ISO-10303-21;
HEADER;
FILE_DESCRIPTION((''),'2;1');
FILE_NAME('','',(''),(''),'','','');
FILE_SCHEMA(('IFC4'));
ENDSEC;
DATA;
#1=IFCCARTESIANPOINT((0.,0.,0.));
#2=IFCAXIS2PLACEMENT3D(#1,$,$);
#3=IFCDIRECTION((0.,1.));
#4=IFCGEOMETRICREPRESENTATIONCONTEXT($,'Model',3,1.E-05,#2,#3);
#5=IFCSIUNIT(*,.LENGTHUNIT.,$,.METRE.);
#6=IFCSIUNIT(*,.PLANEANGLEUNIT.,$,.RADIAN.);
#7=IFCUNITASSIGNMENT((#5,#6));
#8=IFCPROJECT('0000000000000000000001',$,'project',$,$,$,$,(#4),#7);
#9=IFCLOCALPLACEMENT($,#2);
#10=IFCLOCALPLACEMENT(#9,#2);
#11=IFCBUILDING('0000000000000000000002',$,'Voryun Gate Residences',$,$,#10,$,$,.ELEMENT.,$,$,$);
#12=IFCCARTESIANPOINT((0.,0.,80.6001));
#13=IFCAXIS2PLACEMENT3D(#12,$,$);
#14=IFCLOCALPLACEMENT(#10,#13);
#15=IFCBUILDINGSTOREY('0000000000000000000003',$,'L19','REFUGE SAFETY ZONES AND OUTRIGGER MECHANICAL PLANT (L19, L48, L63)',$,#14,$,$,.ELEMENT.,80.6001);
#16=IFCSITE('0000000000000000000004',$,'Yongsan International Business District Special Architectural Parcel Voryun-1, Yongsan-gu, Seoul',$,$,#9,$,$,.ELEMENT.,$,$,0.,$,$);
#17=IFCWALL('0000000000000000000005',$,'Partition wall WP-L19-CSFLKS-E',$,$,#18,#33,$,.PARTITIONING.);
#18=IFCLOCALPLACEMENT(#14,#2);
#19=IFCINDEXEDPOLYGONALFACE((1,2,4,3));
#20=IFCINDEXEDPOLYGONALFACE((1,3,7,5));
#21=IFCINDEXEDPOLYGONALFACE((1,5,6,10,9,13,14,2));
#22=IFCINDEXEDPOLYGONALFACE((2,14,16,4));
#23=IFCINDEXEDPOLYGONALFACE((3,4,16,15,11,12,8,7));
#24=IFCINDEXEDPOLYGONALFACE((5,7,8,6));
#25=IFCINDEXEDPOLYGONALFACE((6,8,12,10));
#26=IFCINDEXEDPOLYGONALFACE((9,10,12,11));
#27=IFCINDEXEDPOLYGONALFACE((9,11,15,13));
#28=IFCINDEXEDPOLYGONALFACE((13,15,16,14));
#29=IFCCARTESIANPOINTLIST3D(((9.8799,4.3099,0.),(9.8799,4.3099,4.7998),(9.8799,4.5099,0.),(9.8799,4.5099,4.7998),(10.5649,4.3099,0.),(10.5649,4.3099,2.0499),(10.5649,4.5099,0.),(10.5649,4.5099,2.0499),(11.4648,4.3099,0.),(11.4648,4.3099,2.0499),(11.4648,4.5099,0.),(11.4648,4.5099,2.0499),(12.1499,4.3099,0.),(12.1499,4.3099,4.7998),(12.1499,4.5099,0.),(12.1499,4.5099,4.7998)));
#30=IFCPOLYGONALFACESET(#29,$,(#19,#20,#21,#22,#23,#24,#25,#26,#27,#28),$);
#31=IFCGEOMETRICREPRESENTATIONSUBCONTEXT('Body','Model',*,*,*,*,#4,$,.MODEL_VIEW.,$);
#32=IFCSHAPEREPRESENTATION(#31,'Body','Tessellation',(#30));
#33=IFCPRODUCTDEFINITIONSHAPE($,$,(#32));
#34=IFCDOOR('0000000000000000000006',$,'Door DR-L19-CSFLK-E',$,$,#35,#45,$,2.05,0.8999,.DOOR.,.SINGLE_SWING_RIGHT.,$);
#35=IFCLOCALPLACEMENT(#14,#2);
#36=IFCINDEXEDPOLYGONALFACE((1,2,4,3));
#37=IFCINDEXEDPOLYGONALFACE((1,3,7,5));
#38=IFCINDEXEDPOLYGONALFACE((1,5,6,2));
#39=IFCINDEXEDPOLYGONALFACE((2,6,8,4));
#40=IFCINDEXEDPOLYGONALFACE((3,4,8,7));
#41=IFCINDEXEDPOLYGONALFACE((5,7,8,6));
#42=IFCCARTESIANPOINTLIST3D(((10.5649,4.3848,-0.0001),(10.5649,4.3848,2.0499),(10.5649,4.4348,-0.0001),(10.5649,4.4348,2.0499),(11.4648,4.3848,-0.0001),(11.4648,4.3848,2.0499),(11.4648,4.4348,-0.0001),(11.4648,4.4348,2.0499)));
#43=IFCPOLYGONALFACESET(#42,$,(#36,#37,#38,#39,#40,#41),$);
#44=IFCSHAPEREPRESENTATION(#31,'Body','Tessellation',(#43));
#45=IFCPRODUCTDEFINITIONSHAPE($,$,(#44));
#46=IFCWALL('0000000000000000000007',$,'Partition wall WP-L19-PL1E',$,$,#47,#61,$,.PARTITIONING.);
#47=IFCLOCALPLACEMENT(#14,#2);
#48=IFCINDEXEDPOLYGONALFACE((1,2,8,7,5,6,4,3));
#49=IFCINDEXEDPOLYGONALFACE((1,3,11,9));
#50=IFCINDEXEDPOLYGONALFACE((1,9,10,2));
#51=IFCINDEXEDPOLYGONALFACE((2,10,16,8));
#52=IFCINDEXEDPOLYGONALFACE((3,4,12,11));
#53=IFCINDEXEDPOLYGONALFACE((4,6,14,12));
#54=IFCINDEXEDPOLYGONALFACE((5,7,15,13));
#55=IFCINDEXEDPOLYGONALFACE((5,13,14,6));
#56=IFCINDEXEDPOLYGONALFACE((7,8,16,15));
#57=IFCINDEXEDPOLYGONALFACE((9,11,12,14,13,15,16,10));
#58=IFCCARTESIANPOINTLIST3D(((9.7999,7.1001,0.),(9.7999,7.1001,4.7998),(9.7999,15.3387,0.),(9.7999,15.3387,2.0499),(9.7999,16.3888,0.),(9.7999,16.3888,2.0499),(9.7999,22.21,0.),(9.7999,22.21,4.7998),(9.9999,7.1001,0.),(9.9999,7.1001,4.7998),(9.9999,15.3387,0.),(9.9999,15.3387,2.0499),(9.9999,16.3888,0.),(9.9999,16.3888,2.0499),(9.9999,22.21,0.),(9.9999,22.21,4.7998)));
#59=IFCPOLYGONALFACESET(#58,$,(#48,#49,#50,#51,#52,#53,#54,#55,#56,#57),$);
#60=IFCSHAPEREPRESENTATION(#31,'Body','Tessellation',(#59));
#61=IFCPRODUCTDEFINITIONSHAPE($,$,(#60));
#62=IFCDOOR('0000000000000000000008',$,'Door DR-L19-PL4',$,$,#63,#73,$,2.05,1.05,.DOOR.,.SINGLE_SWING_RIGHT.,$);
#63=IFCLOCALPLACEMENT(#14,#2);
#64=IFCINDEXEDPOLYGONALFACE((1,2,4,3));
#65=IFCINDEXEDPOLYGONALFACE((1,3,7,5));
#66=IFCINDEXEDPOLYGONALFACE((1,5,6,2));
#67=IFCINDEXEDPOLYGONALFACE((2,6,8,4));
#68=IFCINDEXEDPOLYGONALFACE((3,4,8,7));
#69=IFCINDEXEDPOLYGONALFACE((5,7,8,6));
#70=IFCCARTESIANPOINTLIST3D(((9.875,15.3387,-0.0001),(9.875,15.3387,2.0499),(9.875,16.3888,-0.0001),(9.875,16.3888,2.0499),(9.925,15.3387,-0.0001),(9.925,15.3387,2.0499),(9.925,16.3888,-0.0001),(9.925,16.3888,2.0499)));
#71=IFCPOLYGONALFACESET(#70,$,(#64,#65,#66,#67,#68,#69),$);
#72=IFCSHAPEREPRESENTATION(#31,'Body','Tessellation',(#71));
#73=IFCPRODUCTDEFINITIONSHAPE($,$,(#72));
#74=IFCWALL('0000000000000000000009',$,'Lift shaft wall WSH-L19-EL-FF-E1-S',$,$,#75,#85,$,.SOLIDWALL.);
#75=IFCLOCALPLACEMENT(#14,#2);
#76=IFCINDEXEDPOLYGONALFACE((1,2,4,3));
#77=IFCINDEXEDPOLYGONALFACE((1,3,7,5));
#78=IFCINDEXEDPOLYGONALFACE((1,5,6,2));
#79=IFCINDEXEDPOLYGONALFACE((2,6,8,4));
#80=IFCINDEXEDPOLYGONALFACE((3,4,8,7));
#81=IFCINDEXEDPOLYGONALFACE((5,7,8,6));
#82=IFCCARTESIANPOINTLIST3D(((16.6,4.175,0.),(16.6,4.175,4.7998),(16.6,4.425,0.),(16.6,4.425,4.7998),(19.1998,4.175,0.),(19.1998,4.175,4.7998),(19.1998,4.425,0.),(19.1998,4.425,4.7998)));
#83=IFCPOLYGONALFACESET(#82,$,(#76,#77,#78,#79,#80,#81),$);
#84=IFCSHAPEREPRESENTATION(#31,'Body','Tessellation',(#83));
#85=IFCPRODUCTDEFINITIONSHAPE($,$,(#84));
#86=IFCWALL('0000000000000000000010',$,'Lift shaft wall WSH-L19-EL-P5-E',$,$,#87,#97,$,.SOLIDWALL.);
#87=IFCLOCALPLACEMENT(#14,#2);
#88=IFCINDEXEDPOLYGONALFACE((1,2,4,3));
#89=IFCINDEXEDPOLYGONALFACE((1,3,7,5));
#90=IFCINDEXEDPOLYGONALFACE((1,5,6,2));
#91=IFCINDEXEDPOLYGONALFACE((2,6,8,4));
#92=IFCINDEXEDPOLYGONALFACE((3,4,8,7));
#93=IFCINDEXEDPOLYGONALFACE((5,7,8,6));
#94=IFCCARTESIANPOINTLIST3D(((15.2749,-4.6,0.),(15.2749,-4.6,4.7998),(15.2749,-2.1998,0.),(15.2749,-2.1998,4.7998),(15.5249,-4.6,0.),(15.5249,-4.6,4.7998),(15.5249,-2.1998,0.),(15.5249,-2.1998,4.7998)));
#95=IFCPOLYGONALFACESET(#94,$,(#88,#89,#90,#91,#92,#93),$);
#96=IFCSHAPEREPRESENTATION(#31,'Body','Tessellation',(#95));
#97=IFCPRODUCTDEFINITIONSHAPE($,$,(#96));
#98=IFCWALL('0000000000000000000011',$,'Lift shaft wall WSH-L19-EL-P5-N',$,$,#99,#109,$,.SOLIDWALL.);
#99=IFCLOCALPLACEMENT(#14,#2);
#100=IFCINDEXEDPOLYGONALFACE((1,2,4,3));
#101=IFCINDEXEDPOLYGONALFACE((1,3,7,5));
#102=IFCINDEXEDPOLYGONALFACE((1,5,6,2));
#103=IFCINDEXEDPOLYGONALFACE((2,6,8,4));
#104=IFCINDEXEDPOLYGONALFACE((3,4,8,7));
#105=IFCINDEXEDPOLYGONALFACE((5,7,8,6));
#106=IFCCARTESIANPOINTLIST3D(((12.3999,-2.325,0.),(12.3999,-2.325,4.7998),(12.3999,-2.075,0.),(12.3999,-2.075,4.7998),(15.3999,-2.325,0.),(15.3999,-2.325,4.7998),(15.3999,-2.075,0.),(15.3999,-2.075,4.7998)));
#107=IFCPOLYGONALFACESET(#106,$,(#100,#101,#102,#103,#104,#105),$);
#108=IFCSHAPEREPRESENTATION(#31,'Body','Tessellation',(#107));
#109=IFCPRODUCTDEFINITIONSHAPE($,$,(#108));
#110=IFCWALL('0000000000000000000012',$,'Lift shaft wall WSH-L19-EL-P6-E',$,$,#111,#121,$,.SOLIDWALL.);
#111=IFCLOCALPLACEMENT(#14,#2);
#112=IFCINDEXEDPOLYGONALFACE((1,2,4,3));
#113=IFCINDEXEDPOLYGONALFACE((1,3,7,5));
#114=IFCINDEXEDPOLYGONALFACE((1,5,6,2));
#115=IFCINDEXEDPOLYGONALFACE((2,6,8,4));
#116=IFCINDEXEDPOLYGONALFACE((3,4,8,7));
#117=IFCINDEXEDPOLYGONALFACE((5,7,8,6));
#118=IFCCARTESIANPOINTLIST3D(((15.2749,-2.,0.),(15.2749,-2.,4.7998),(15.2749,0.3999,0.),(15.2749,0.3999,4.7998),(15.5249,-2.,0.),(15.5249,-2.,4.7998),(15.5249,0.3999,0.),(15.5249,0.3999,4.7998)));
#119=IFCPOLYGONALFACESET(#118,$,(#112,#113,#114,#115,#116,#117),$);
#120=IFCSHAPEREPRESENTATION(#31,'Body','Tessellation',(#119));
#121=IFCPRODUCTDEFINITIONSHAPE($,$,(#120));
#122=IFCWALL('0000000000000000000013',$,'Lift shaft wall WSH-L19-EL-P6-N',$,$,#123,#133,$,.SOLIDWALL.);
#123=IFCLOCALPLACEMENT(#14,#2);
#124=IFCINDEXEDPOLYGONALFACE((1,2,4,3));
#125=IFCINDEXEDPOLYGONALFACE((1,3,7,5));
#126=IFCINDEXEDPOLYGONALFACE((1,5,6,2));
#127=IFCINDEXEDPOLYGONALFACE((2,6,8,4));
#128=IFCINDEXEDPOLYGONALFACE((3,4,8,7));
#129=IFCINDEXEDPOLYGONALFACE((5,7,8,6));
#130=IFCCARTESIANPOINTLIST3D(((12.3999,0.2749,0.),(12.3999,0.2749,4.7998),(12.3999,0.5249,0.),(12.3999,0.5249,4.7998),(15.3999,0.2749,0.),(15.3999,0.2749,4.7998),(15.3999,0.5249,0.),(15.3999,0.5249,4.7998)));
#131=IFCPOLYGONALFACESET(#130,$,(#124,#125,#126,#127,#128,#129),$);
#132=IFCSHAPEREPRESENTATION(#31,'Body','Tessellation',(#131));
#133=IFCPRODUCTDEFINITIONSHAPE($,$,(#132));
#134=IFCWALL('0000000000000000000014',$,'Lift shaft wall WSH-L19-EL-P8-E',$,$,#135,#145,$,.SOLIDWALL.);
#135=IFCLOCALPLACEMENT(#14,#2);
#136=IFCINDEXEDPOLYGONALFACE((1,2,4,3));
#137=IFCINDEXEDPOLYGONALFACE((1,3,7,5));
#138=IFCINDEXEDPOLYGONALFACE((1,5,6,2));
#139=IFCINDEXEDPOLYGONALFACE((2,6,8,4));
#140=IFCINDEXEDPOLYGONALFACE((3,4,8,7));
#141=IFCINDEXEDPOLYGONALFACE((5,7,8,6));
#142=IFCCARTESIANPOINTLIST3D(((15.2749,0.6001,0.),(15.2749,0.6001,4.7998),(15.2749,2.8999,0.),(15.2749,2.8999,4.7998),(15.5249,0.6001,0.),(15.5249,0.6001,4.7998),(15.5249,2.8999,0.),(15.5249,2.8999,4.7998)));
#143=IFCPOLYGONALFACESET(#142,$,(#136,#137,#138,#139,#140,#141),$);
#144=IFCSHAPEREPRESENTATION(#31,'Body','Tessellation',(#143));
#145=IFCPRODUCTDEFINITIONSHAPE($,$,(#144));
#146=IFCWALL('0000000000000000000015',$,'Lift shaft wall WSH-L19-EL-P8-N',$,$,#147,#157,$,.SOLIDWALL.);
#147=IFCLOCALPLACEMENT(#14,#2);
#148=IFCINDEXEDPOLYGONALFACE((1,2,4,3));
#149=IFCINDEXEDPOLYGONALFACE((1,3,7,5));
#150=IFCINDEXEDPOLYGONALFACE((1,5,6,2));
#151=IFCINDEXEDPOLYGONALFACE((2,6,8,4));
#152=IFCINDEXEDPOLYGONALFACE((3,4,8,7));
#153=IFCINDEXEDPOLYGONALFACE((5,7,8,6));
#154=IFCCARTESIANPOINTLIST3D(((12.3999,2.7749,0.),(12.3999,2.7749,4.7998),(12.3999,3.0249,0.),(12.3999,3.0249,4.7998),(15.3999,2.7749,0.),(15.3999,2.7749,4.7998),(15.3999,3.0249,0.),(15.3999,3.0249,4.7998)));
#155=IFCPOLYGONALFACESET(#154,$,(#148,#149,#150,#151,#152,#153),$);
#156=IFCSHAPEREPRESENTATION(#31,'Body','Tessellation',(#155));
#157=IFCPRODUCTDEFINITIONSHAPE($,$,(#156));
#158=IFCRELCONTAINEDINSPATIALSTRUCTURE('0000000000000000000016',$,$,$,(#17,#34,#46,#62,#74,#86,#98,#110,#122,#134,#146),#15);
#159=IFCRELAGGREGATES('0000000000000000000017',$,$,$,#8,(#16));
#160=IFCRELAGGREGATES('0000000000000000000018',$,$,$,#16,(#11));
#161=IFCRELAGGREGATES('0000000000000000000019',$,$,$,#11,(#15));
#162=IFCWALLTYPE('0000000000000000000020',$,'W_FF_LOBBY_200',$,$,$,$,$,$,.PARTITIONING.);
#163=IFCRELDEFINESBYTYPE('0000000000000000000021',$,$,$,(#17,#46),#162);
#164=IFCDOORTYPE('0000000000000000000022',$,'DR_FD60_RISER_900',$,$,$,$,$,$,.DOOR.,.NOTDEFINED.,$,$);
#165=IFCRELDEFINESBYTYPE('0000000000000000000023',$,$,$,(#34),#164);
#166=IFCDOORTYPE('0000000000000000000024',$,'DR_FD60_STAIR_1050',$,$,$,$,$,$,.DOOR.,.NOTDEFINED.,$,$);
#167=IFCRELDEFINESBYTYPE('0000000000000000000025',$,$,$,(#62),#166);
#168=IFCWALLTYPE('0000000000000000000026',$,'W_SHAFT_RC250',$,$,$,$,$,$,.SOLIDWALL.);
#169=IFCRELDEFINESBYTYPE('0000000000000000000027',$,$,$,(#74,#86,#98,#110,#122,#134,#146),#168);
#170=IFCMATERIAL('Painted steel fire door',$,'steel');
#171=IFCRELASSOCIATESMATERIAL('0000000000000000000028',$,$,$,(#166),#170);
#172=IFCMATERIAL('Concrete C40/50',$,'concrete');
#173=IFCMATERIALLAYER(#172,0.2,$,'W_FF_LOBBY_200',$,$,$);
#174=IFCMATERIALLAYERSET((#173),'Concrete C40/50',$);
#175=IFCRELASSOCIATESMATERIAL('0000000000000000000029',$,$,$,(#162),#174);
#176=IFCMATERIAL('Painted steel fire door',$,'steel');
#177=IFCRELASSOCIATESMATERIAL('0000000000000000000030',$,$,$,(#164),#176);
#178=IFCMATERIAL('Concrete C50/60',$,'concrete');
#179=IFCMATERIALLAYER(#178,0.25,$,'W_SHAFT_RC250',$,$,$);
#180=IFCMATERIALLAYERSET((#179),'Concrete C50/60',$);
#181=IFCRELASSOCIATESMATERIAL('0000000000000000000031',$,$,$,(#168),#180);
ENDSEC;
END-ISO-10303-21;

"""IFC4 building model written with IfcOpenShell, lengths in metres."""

from ifc_helpers import new_model, si_unit, direction, frame, frame_2d, origin, place, context, subcontext, project, spatial, rectangle, extrude, material, layer, layer_set, type_object, element, fill, save


model = new_model("IFC4")

# Units and contexts
model_context = context("Model", 3, precision=1e-05, world=origin(), true_north=direction((0.0, 1.0)))
body_context = subcontext(model_context, "Body", "Model", "MODEL_VIEW")
ifc_project = project(units=[si_unit("LENGTHUNIT", "METRE"), si_unit("PLANEANGLEUNIT", "RADIAN")], contexts=[model_context])

# Site, building, storey
site_placement = place(None, origin())
site = spatial("IfcSite", under=ifc_project, at=site_placement, Name="Yongsan International Business District Special Architectural Parcel Voryun-1, Yongsan-gu, Seoul", CompositionType="ELEMENT", RefElevation=0.0)
building_placement = place(site_placement, origin())
building = spatial("IfcBuilding", under=site, at=building_placement, Name="Voryun Gate Residences", CompositionType="ELEMENT")
storey_placement = place(building_placement, frame((0.0, 0.0, 80.6001)))
storey = spatial("IfcBuildingStorey", under=building, at=storey_placement, Name="L19", Description="REFUGE SAFETY ZONES AND OUTRIGGER MECHANICAL PLANT (L19, L48, L63)", CompositionType="ELEMENT", Elevation=80.6001)

# Shared definitions
ifc_material_1 = material(Name="Painted steel fire door", Category="steel")
door_type_1 = type_object("IfcDoorType", Name="DR_FD60_STAIR_1050", OperationType="NOTDEFINED", PredefinedType="DOOR", material=ifc_material_1)

# Shared definitions
ifc_material_2 = material(Name="Concrete C40/50", Category="concrete")
ifc_layer_1 = layer(ifc_material_2, 0.2, Name="W_FF_LOBBY_200")
ifc_layer_set_1 = layer_set([ifc_layer_1], Name="Concrete C40/50")
wall_type_1 = type_object("IfcWallType", Name="W_FF_LOBBY_200", PredefinedType="PARTITIONING", material=ifc_layer_set_1)

# Walls, openings, doors
wall_1_placement = place(storey_placement, frame((9.8799, 4.4099, 0.0), z_axis=(0.0, 0.0, 1.0), x_axis=(1.0, 0.0, 0.0)))
wall_1 = element("IfcWall", 1, at=wall_1_placement, inside=storey, type_object=wall_type_1, Name="Partition wall WP-L19-CSFLKS-E", PredefinedType="PARTITIONING", context=body_context, shape_type="SweptSolid", body=[
    extrude(rectangle(XDim=2.27, YDim=0.2, at=frame_2d((1.135, 0.0))), origin(), (0.0, 0.0, 1.0), 4.7998),
])
opening_1_placement = place(wall_1_placement, frame((0.6851, 0.0, 0.0)))
opening_1 = element("IfcOpeningElement", 2, at=opening_1_placement, cuts=wall_1, PredefinedType="OPENING", context=body_context, shape_type="SweptSolid", body=[
    extrude(rectangle(XDim=0.8999, YDim=2.05, at=frame_2d((0.45, 1.0249))), frame((0.0, 0.1101, 0.0), z_axis=(0.0, -1.0, 0.0), x_axis=(1.0, 0.0, 0.0)), (0.0, 0.0, 1.0), 0.22),
])
ifc_material_3 = material(Name="Painted steel fire door", Category="steel")
door_type_2 = type_object("IfcDoorType", Name="DR_FD60_RISER_900", OperationType="NOTDEFINED", PredefinedType="DOOR", material=ifc_material_3)
door_1_placement = place(opening_1_placement, origin())
door_1 = element("IfcDoor", 3, at=door_1_placement, inside=storey, type_object=door_type_2, Name="Door DR-L19-CSFLK-E", OperationType="SINGLE_SWING_RIGHT", OverallHeight=2.05, OverallWidth=0.8999, PredefinedType="DOOR", context=body_context, shape_type="SweptSolid", body=[
    extrude(rectangle(XDim=0.8999, YDim=2.05, at=frame_2d((0.45, 1.0249))), frame((0.0, 0.0249, 0.0), z_axis=(0.0, -1.0, 0.0), x_axis=(1.0, 0.0, 0.0)), (0.0, 0.0, 1.0), 0.05),
])
fill(opening_1, door_1)
wall_2_placement = place(storey_placement, frame((9.8999, 7.1001, 0.0), z_axis=(0.0, 0.0, 1.0), x_axis=(0.0, 1.0, 0.0)))
wall_2 = element("IfcWall", 4, at=wall_2_placement, inside=storey, type_object=wall_type_1, Name="Partition wall WP-L19-PL1E", PredefinedType="PARTITIONING", context=body_context, shape_type="SweptSolid", body=[
    extrude(rectangle(XDim=15.1099, YDim=0.2, at=frame_2d((7.5549, 0.0))), origin(), (0.0, 0.0, 1.0), 4.7998),
])
opening_2_placement = place(wall_2_placement, frame((8.2388, 0.0, 0.0)))
opening_2 = element("IfcOpeningElement", 5, at=opening_2_placement, cuts=wall_2, PredefinedType="OPENING", context=body_context, shape_type="SweptSolid", body=[
    extrude(rectangle(XDim=1.05, YDim=2.05, at=frame_2d((0.5249, 1.0249))), frame((0.0, 0.1101, 0.0), z_axis=(0.0, -1.0, 0.0), x_axis=(1.0, 0.0, 0.0)), (0.0, 0.0, 1.0), 0.22),
])
door_2_placement = place(opening_2_placement, origin())
door_2 = element("IfcDoor", 6, at=door_2_placement, inside=storey, type_object=door_type_1, Name="Door DR-L19-PL4", OperationType="SINGLE_SWING_RIGHT", OverallHeight=2.05, OverallWidth=1.05, PredefinedType="DOOR", context=body_context, shape_type="SweptSolid", body=[
    extrude(rectangle(XDim=1.05, YDim=2.05, at=frame_2d((0.5249, 1.0249))), frame((0.0, 0.0249, 0.0), z_axis=(0.0, -1.0, 0.0), x_axis=(1.0, 0.0, 0.0)), (0.0, 0.0, 1.0), 0.05),
])
fill(opening_2, door_2)

# Walls
ifc_material_4 = material(Name="Concrete C50/60", Category="concrete")
ifc_layer_2 = layer(ifc_material_4, 0.25, Name="W_SHAFT_RC250")
ifc_layer_set_2 = layer_set([ifc_layer_2], Name="Concrete C50/60")
wall_type_2 = type_object("IfcWallType", Name="W_SHAFT_RC250", PredefinedType="SOLIDWALL", material=ifc_layer_set_2)
wall_3_placement = place(storey_placement, frame((16.6001, 4.3, 0.0), z_axis=(0.0, 0.0, 1.0), x_axis=(1.0, 0.0, 0.0)))
element("IfcWall", 7, at=wall_3_placement, inside=storey, type_object=wall_type_2, Name="Lift shaft wall WSH-L19-EL-FF-E1-S", PredefinedType="SOLIDWALL", context=body_context, shape_type="SweptSolid", body=[
    extrude(rectangle(XDim=2.5999, YDim=0.25, at=frame_2d((1.2998, 0.0))), origin(), (0.0, 0.0, 1.0), 4.7998),
])
wall_4_placement = place(storey_placement, frame((15.3999, -4.6001, 0.0), z_axis=(0.0, 0.0, 1.0), x_axis=(0.0, 1.0, 0.0)))
element("IfcWall", 8, at=wall_4_placement, inside=storey, type_object=wall_type_2, Name="Lift shaft wall WSH-L19-EL-P5-E", PredefinedType="SOLIDWALL", context=body_context, shape_type="SweptSolid", body=[
    extrude(rectangle(XDim=2.4001, YDim=0.25, at=frame_2d((1.2002, 0.0))), origin(), (0.0, 0.0, 1.0), 4.7998),
])
wall_5_placement = place(storey_placement, frame((15.3999, -2.2, 0.0), z_axis=(0.0, 0.0, 1.0), x_axis=(-1.0, 0.0, 0.0)))
element("IfcWall", 9, at=wall_5_placement, inside=storey, type_object=wall_type_2, Name="Lift shaft wall WSH-L19-EL-P5-N", PredefinedType="SOLIDWALL", context=body_context, shape_type="SweptSolid", body=[
    extrude(rectangle(XDim=3.0, YDim=0.25, at=frame_2d((1.5, 0.0))), origin(), (0.0, 0.0, 1.0), 4.7998),
])
wall_6_placement = place(storey_placement, frame((15.3999, -2.0, 0.0), z_axis=(0.0, 0.0, 1.0), x_axis=(0.0, 1.0, 0.0)))
element("IfcWall", 10, at=wall_6_placement, inside=storey, type_object=wall_type_2, Name="Lift shaft wall WSH-L19-EL-P6-E", PredefinedType="SOLIDWALL", context=body_context, shape_type="SweptSolid", body=[
    extrude(rectangle(XDim=2.3999, YDim=0.25, at=frame_2d((1.2, 0.0))), origin(), (0.0, 0.0, 1.0), 4.7998),
])
wall_7_placement = place(storey_placement, frame((15.3999, 0.3999, 0.0), z_axis=(0.0, 0.0, 1.0), x_axis=(-1.0, 0.0, 0.0)))
element("IfcWall", 11, at=wall_7_placement, inside=storey, type_object=wall_type_2, Name="Lift shaft wall WSH-L19-EL-P6-N", PredefinedType="SOLIDWALL", context=body_context, shape_type="SweptSolid", body=[
    extrude(rectangle(XDim=3.0, YDim=0.25, at=frame_2d((1.5, 0.0))), origin(), (0.0, 0.0, 1.0), 4.7998),
])
wall_8_placement = place(storey_placement, frame((15.3999, 0.6001, 0.0), z_axis=(0.0, 0.0, 1.0), x_axis=(0.0, 1.0, 0.0)))
element("IfcWall", 12, at=wall_8_placement, inside=storey, type_object=wall_type_2, Name="Lift shaft wall WSH-L19-EL-P8-E", PredefinedType="SOLIDWALL", context=body_context, shape_type="SweptSolid", body=[
    extrude(rectangle(XDim=2.2998, YDim=0.25, at=frame_2d((1.1499, 0.0))), origin(), (0.0, 0.0, 1.0), 4.7998),
])
wall_9_placement = place(storey_placement, frame((15.3999, 2.8999, 0.0), z_axis=(0.0, 0.0, 1.0), x_axis=(-1.0, 0.0, 0.0)))
element("IfcWall", 13, at=wall_9_placement, inside=storey, type_object=wall_type_2, Name="Lift shaft wall WSH-L19-EL-P8-N", PredefinedType="SOLIDWALL", context=body_context, shape_type="SweptSolid", body=[
    extrude(rectangle(XDim=3.0, YDim=0.25, at=frame_2d((1.5, 0.0))), origin(), (0.0, 0.0, 1.0), 4.7998),
])

save(model, "model.ifc")
